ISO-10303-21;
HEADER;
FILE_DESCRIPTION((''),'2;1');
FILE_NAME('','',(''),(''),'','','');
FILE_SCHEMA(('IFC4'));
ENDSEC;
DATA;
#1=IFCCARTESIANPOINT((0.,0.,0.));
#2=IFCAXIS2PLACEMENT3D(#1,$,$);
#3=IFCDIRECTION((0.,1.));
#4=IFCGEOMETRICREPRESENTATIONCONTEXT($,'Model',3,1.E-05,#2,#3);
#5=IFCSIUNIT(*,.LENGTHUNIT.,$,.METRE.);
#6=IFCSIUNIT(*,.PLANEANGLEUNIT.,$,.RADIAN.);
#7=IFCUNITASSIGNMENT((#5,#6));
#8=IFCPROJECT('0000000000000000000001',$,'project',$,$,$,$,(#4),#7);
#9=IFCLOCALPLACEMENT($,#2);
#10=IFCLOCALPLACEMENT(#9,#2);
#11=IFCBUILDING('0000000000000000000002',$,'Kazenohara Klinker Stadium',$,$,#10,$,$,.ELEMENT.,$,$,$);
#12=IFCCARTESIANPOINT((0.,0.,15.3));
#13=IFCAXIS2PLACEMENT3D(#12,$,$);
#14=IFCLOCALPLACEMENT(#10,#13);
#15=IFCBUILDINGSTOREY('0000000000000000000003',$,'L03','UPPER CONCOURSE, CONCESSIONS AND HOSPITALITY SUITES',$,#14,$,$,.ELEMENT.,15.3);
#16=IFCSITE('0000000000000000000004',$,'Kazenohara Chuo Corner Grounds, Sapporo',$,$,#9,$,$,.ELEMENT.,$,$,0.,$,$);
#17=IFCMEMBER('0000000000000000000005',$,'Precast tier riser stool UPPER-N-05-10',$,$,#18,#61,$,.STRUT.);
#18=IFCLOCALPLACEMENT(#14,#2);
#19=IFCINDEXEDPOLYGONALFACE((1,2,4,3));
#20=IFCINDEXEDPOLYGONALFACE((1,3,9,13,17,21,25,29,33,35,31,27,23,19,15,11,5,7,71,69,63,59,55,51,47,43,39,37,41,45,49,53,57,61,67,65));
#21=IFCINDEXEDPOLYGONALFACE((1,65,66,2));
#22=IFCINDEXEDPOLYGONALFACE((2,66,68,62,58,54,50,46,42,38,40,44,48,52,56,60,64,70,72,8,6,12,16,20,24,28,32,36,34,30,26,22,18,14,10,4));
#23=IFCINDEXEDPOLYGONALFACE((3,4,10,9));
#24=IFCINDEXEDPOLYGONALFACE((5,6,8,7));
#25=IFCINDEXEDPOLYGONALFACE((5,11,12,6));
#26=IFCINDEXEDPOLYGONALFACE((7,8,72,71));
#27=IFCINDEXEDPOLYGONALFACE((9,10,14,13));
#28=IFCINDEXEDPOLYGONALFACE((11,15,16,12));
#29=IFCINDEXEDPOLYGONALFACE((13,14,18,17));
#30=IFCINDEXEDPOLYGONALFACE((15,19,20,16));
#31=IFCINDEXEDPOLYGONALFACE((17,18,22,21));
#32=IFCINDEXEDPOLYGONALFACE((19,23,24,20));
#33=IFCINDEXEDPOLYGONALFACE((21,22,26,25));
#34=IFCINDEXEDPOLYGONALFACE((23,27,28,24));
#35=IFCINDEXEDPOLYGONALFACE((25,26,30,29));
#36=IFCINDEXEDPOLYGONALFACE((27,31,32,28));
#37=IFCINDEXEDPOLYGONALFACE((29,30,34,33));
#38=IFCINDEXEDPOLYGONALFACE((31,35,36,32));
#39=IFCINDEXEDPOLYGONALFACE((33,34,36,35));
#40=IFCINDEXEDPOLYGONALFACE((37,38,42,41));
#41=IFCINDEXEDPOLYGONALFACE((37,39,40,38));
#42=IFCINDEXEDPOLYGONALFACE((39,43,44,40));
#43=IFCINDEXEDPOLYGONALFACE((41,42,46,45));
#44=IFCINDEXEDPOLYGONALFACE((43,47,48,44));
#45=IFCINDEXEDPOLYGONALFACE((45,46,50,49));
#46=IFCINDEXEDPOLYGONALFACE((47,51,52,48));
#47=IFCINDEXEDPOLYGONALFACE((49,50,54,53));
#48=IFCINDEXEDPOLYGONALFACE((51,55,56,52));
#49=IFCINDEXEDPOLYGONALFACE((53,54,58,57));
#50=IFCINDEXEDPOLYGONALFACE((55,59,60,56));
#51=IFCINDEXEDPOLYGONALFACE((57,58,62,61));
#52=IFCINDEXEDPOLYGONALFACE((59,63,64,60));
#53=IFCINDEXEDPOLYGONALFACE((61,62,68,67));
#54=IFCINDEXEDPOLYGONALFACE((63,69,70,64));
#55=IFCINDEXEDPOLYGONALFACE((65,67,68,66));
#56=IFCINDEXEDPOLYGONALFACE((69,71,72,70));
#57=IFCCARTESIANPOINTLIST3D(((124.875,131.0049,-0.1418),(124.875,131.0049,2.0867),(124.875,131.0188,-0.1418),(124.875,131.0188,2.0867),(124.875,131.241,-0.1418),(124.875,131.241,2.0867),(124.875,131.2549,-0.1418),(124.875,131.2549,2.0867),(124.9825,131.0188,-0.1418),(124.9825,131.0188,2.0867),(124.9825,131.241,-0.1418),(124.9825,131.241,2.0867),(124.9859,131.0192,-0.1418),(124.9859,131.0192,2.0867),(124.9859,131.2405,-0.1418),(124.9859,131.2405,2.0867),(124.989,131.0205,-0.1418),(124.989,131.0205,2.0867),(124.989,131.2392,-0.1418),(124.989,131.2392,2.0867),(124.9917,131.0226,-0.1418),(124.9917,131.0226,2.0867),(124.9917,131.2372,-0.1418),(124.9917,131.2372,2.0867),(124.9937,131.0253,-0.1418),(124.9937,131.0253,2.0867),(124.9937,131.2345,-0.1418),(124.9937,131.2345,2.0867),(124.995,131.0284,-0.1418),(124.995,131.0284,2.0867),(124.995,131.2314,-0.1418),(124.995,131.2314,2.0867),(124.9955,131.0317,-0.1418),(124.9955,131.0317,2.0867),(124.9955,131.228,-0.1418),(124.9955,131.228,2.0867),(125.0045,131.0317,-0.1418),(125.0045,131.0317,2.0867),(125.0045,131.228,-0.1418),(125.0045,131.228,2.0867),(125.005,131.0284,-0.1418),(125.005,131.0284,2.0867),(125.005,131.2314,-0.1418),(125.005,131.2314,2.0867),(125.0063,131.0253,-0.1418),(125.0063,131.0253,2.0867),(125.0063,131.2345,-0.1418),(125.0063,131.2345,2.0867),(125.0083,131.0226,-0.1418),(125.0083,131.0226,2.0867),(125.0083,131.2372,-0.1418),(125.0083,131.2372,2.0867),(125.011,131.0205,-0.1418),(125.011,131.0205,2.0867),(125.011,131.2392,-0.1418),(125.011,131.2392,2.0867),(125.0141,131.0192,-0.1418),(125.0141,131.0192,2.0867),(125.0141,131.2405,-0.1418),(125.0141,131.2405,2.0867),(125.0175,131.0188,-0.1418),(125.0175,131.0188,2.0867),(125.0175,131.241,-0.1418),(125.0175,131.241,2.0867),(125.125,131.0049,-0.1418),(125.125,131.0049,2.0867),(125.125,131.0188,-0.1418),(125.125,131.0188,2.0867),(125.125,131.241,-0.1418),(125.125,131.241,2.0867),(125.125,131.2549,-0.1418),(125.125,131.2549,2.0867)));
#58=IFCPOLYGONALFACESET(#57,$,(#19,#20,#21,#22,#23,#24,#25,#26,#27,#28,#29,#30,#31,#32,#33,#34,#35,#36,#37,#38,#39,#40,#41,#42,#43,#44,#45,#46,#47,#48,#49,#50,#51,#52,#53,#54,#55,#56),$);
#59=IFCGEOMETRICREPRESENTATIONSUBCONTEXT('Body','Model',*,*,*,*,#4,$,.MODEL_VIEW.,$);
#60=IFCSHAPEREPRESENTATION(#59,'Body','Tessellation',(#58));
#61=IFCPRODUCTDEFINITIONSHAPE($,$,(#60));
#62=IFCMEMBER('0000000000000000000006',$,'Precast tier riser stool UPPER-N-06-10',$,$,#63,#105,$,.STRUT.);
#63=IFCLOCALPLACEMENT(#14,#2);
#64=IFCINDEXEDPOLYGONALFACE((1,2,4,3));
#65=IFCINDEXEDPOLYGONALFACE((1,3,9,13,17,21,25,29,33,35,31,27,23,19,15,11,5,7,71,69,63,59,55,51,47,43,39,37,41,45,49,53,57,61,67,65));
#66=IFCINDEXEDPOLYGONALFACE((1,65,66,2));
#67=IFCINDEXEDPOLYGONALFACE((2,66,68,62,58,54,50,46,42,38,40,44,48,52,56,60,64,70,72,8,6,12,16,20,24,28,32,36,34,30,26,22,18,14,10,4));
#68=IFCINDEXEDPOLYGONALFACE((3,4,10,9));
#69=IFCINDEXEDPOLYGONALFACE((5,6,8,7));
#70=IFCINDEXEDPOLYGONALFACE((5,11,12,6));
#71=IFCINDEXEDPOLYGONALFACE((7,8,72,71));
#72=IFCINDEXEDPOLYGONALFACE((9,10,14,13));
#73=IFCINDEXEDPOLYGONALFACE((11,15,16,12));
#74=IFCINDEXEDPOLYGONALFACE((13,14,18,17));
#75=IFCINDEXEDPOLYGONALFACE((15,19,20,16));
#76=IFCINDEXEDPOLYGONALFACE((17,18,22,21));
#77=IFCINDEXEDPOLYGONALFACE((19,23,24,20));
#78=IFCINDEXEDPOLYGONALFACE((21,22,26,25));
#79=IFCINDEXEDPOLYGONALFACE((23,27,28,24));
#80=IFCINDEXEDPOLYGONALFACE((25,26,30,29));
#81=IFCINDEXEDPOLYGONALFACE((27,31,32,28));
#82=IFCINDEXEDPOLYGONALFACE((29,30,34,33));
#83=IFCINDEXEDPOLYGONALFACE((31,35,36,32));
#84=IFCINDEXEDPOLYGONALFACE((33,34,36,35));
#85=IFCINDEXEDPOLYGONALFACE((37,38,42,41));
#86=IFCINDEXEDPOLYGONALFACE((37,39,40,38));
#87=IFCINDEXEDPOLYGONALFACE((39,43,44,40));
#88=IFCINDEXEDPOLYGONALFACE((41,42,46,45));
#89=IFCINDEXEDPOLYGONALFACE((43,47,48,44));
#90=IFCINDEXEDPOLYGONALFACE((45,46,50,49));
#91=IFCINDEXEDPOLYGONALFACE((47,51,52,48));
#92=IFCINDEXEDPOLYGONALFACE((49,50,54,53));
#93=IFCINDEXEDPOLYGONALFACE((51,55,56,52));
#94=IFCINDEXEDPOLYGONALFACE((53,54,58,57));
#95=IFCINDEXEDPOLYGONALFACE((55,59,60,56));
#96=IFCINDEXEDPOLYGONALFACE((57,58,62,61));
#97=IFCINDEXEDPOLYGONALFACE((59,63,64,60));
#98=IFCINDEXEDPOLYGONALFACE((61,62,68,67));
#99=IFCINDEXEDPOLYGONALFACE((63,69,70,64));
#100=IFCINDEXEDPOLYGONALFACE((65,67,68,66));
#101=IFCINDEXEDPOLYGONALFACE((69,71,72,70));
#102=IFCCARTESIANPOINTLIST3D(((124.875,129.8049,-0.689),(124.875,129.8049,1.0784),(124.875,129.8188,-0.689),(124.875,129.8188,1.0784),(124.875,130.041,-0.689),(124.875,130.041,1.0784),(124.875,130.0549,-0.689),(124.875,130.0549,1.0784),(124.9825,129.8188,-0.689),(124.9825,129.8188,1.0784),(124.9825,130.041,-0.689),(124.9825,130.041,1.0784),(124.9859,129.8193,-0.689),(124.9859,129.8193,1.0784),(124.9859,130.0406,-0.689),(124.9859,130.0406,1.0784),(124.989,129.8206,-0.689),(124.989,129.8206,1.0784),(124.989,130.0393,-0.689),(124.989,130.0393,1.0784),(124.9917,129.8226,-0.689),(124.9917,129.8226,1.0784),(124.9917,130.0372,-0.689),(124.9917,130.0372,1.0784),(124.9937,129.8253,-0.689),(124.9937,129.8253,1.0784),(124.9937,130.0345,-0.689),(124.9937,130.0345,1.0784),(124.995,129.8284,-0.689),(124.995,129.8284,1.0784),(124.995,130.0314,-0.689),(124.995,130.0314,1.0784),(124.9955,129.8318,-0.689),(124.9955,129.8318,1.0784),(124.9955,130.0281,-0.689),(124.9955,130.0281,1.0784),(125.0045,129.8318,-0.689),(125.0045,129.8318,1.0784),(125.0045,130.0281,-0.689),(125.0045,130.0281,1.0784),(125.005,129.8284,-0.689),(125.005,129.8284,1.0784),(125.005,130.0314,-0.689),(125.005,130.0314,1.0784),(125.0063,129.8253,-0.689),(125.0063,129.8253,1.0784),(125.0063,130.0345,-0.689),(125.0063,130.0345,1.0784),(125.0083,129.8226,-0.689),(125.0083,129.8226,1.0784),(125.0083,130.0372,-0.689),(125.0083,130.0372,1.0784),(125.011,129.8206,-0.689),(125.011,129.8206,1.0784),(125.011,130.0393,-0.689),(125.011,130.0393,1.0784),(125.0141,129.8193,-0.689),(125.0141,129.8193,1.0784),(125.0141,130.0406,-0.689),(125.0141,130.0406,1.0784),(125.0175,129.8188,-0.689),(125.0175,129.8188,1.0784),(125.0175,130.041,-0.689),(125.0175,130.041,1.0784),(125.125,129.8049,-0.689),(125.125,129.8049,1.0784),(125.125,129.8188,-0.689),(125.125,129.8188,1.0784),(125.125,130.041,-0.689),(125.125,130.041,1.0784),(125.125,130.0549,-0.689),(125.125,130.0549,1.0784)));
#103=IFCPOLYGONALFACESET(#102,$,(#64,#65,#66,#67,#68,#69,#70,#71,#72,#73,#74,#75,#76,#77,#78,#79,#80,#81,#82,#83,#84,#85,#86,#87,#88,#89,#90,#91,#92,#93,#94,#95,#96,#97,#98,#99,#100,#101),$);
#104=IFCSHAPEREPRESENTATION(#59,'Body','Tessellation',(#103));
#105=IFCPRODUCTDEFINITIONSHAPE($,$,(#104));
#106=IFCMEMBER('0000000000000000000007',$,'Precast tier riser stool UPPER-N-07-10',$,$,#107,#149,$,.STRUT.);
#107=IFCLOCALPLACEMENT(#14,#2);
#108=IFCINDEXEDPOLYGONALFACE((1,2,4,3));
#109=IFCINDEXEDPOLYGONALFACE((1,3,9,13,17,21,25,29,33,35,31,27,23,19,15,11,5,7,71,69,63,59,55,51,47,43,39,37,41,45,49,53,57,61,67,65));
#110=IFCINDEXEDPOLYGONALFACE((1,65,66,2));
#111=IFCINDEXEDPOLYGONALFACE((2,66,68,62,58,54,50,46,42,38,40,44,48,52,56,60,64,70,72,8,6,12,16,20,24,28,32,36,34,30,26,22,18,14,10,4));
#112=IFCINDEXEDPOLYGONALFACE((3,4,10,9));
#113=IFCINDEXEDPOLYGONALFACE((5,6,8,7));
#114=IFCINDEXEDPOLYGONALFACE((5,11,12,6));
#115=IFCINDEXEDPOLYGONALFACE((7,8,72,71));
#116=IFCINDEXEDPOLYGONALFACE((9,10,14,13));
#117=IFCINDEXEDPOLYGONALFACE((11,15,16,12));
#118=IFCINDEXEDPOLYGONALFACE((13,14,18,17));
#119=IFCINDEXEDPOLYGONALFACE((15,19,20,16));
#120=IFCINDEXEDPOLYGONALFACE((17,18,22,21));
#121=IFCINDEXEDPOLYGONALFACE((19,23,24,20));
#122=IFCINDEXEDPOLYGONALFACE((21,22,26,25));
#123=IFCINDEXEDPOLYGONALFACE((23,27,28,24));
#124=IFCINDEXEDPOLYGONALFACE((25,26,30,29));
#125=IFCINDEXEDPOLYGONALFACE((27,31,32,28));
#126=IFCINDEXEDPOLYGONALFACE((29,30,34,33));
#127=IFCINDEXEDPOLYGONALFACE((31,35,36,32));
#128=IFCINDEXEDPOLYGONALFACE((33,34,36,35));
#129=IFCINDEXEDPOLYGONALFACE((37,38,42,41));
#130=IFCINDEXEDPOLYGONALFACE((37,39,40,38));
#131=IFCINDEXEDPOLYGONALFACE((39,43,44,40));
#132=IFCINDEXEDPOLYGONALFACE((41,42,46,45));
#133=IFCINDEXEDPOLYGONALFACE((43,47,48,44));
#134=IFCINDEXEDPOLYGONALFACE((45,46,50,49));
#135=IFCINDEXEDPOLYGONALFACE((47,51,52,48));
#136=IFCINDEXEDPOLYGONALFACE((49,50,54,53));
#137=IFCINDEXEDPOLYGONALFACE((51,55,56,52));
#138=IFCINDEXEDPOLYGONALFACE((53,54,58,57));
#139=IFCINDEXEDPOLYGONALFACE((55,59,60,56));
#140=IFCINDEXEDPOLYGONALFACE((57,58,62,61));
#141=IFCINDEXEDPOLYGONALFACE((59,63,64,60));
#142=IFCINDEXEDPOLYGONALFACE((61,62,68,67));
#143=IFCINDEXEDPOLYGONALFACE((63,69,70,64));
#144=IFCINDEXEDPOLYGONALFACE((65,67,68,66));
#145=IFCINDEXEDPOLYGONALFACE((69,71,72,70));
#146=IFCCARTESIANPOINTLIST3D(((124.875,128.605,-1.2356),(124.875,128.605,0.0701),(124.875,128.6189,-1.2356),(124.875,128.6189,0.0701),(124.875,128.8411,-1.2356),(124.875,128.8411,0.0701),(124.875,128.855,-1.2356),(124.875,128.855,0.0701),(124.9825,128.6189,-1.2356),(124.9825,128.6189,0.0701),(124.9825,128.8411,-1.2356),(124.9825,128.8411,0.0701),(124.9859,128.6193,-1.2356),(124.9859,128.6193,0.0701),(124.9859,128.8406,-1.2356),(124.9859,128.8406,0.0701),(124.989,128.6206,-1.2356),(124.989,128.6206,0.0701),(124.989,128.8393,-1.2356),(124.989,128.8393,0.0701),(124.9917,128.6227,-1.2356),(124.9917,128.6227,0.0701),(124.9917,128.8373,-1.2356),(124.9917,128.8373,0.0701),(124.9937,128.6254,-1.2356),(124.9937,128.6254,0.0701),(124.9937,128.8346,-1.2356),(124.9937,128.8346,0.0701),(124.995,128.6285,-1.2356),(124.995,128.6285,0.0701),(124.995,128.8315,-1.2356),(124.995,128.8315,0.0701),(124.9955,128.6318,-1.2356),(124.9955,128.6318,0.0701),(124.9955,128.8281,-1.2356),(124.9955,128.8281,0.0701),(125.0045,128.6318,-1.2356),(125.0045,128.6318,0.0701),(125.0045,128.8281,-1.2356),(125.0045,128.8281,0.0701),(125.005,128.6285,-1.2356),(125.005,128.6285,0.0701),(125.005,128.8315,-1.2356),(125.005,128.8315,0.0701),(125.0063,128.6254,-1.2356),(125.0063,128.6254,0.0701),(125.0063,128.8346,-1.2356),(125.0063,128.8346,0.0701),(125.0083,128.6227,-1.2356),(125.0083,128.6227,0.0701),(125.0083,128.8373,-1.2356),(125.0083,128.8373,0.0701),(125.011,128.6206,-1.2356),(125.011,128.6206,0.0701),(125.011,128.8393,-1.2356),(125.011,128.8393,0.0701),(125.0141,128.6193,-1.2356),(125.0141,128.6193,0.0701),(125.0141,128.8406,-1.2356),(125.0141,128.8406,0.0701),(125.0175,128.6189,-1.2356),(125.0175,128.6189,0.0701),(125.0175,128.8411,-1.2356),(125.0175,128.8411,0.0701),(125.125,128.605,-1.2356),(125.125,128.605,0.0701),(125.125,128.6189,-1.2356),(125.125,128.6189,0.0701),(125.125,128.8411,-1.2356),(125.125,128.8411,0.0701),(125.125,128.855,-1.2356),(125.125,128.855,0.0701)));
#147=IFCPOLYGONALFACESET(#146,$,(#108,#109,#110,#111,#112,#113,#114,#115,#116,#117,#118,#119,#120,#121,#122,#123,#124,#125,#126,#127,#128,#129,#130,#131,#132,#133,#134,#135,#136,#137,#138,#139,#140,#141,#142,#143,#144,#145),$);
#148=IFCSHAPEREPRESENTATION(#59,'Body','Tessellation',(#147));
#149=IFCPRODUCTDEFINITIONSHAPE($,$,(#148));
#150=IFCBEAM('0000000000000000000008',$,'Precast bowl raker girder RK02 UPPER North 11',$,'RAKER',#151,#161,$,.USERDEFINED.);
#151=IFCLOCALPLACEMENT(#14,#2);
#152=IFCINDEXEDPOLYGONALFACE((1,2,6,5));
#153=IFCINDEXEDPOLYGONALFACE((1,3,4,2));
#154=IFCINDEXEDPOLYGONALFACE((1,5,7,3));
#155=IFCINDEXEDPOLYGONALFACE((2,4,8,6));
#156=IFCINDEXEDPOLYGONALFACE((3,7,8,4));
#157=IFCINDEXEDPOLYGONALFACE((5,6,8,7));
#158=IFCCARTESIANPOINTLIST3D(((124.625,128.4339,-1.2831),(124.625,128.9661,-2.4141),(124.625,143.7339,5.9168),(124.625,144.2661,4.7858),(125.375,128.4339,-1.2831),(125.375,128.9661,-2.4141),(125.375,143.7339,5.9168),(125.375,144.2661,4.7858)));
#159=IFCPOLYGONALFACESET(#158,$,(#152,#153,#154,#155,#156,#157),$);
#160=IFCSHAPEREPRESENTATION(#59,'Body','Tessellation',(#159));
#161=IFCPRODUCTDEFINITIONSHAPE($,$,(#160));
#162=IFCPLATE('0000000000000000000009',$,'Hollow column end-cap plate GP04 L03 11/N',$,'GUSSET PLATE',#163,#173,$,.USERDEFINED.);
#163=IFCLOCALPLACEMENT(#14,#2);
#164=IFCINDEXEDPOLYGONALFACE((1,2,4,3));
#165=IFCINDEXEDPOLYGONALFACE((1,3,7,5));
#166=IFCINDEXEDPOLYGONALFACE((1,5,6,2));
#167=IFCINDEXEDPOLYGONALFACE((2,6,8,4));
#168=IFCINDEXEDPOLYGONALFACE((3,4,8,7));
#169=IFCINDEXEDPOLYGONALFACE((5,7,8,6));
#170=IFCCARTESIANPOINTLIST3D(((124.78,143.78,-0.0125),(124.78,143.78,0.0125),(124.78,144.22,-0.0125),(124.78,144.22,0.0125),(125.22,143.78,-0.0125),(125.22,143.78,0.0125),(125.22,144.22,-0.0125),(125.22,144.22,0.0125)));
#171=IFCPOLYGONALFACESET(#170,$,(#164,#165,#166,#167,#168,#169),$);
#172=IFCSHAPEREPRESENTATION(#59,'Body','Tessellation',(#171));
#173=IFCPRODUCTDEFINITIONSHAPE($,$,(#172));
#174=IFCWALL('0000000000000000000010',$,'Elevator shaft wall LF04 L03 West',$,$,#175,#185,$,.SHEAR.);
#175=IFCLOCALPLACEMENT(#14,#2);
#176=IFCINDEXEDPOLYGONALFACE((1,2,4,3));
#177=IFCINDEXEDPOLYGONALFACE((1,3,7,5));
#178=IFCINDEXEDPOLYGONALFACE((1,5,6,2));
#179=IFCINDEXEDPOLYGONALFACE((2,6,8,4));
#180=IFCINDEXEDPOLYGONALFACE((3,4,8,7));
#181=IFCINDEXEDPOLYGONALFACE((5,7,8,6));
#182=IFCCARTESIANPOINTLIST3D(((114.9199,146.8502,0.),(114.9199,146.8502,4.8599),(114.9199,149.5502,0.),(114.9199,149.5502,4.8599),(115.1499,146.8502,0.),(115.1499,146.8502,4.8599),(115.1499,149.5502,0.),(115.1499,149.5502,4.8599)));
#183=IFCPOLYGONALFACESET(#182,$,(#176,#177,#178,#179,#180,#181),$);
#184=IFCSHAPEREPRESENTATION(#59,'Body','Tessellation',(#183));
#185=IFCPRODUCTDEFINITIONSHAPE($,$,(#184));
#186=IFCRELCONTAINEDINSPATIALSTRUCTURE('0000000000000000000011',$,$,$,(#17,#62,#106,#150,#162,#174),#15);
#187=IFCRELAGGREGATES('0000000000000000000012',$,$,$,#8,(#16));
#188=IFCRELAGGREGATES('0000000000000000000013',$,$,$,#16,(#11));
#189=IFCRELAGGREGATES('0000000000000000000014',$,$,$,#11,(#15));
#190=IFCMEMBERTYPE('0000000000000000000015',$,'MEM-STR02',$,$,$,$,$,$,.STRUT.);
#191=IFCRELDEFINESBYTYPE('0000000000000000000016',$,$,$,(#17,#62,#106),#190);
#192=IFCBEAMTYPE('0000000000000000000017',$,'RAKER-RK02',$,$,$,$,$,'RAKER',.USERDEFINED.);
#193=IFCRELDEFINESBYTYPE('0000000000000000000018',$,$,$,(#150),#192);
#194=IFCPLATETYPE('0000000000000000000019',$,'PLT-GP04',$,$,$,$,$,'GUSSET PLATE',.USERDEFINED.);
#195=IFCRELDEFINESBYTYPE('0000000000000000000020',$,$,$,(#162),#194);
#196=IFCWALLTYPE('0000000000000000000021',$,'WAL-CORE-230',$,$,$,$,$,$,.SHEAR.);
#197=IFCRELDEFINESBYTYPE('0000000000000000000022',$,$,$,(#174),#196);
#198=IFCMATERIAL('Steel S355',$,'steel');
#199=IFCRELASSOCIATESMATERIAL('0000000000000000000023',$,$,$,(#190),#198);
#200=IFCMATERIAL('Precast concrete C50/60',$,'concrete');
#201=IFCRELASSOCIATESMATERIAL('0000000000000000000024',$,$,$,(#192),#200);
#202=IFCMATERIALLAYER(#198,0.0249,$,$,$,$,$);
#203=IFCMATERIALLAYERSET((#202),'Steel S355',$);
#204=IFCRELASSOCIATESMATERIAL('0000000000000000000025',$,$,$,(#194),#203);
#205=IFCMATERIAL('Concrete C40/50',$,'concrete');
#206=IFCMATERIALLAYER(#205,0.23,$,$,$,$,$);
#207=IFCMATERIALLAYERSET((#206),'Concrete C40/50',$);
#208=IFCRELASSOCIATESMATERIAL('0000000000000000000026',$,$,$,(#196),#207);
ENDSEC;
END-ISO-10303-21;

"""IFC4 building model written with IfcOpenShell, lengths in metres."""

from ifc_helpers import new_model, si_unit, direction, frame, frame_2d, origin, origin_2d, place, context, subcontext, project, spatial, rectangle, i_section, extrude, material, layer, layer_set, material_profile, profile_set, type_object, element, save


model = new_model("IFC4")

# Units and contexts
model_context = context("Model", 3, precision=1e-05, world=origin(), true_north=direction((0.0, 1.0)))
body_context = subcontext(model_context, "Body", "Model", "MODEL_VIEW")
ifc_project = project(units=[si_unit("LENGTHUNIT", "METRE"), si_unit("PLANEANGLEUNIT", "RADIAN")], contexts=[model_context])

# Site, building, storey
site_placement = place(None, origin())
site = spatial("IfcSite", under=ifc_project, at=site_placement, Name="Kazenohara Chuo Corner Grounds, Sapporo", CompositionType="ELEMENT", RefElevation=0.0)
building_placement = place(site_placement, origin())
building = spatial("IfcBuilding", under=site, at=building_placement, Name="Kazenohara Klinker Stadium", CompositionType="ELEMENT")
storey_placement = place(building_placement, frame((0.0, 0.0, 15.3)))
storey = spatial("IfcBuildingStorey", under=building, at=storey_placement, Name="L03", Description="UPPER CONCOURSE, CONCESSIONS AND HOSPITALITY SUITES", CompositionType="ELEMENT", Elevation=15.3)

# Shared definitions
ifc_material_1 = material(Name="Concrete C40/50", Category="concrete")
ifc_material_2 = material(Name="Steel S355", Category="steel")

# Members
ifc_material_profile_1 = material_profile(ifc_material_2, i_section(OverallWidth=0.25, OverallDepth=0.25, WebThickness=0.009, FlangeThickness=0.0139, FilletRadius=0.0129, at=origin_2d()), Name="H-250x250x9x14")
ifc_profile_set_1 = profile_set([ifc_material_profile_1], Name="Steel S355")
member_type = type_object("IfcMemberType", Name="MEM-STR02", PredefinedType="STRUT", material=ifc_profile_set_1)
member_1_placement = place(storey_placement, frame((125.0, 131.1299, -0.1418), z_axis=(0.0, 0.0, 1.0), x_axis=(1.0, 0.0, 0.0)))
element("IfcMember", 1, at=member_1_placement, inside=storey, type_object=member_type, Name="Precast tier riser stool UPPER-N-05-10", PredefinedType="STRUT", context=body_context, shape_type="SweptSolid", body=[
    extrude(i_section(OverallWidth=0.25, OverallDepth=0.25, WebThickness=0.009, FlangeThickness=0.0139, FilletRadius=0.0129, at=origin_2d()), origin(), (0.0, 0.0, 1.0), 2.2285),
])
member_2_placement = place(storey_placement, frame((125.0, 129.9299, -0.689), z_axis=(0.0, 0.0, 1.0), x_axis=(1.0, 0.0, 0.0)))
element("IfcMember", 2, at=member_2_placement, inside=storey, type_object=member_type, Name="Precast tier riser stool UPPER-N-06-10", PredefinedType="STRUT", context=body_context, shape_type="SweptSolid", body=[
    extrude(i_section(OverallWidth=0.25, OverallDepth=0.25, WebThickness=0.009, FlangeThickness=0.0139, FilletRadius=0.0129, at=origin_2d()), origin(), (0.0, 0.0, 1.0), 1.7673),
])
member_3_placement = place(storey_placement, frame((125.0, 128.73, -1.2356), z_axis=(0.0, 0.0, 1.0), x_axis=(1.0, 0.0, 0.0)))
element("IfcMember", 3, at=member_3_placement, inside=storey, type_object=member_type, Name="Precast tier riser stool UPPER-N-07-10", PredefinedType="STRUT", context=body_context, shape_type="SweptSolid", body=[
    extrude(i_section(OverallWidth=0.25, OverallDepth=0.25, WebThickness=0.009, FlangeThickness=0.0139, FilletRadius=0.0129, at=origin_2d()), origin(), (0.0, 0.0, 1.0), 1.3057),
])

# Beam
ifc_material_3 = material(Name="Precast concrete C50/60", Category="concrete")
ifc_material_profile_2 = material_profile(ifc_material_3, rectangle(XDim=0.75, YDim=1.25, at=origin_2d()), Name="PC-RAKER-750x1250")
ifc_profile_set_2 = profile_set([ifc_material_profile_2], Name="Precast concrete C50/60")
beam_type_1 = type_object("IfcBeamType", Name="RAKER-RK02", ElementType="RAKER", PredefinedType="USERDEFINED", material=ifc_profile_set_2)
beam_1_placement = place(storey_placement, frame((125.0, 144.0, 5.3513), z_axis=(0.0, -0.90482, -0.425794), x_axis=(1.0, 0.0, 0.0)))
element("IfcBeam", 4, at=beam_1_placement, inside=storey, type_object=beam_type_1, Name="Precast bowl raker girder RK02 UPPER North 11", ObjectType="RAKER", PredefinedType="USERDEFINED", context=body_context, shape_type="SweptSolid", body=[
    extrude(rectangle(XDim=0.75, YDim=1.25, at=origin_2d()), origin(), (0.0, 0.0, 1.0), 16.9094),
])

# Plate
ifc_layer_1 = layer(ifc_material_2, 0.0249)
ifc_layer_set_1 = layer_set([ifc_layer_1], Name="Steel S355")
plate_type = type_object("IfcPlateType", Name="PLT-GP04", ElementType="GUSSET PLATE", PredefinedType="USERDEFINED", material=ifc_layer_set_1)
plate_placement = place(storey_placement, frame((125.0, 144.0, -0.0125), z_axis=(0.0, 0.0, 1.0), x_axis=(1.0, 0.0, 0.0)))
element("IfcPlate", 5, at=plate_placement, inside=storey, type_object=plate_type, Name="Hollow column end-cap plate GP04 L03 11/N", ObjectType="GUSSET PLATE", PredefinedType="USERDEFINED", context=body_context, shape_type="SweptSolid", body=[
    extrude(rectangle(XDim=0.4399, YDim=0.4399, at=origin_2d()), origin(), (0.0, 0.0, 1.0), 0.0249),
])

# Wall
ifc_layer_2 = layer(ifc_material_1, 0.23)
ifc_layer_set_2 = layer_set([ifc_layer_2], Name="Concrete C40/50")
wall_type_1 = type_object("IfcWallType", Name="WAL-CORE-230", PredefinedType="SHEAR", material=ifc_layer_set_2)
wall_1_placement = place(storey_placement, frame((115.0349, 146.8501, 0.0), z_axis=(0.0, 0.0, 1.0), x_axis=(0.0, 1.0, 0.0)))
element("IfcWall", 6, at=wall_1_placement, inside=storey, type_object=wall_type_1, Name="Elevator shaft wall LF04 L03 West", PredefinedType="SHEAR", context=body_context, shape_type="SweptSolid", body=[
    extrude(rectangle(XDim=2.7, YDim=0.23, at=frame_2d((1.3501, 0.0))), origin(), (0.0, 0.0, 1.0), 4.8599),
])

save(model, "model.ifc")
